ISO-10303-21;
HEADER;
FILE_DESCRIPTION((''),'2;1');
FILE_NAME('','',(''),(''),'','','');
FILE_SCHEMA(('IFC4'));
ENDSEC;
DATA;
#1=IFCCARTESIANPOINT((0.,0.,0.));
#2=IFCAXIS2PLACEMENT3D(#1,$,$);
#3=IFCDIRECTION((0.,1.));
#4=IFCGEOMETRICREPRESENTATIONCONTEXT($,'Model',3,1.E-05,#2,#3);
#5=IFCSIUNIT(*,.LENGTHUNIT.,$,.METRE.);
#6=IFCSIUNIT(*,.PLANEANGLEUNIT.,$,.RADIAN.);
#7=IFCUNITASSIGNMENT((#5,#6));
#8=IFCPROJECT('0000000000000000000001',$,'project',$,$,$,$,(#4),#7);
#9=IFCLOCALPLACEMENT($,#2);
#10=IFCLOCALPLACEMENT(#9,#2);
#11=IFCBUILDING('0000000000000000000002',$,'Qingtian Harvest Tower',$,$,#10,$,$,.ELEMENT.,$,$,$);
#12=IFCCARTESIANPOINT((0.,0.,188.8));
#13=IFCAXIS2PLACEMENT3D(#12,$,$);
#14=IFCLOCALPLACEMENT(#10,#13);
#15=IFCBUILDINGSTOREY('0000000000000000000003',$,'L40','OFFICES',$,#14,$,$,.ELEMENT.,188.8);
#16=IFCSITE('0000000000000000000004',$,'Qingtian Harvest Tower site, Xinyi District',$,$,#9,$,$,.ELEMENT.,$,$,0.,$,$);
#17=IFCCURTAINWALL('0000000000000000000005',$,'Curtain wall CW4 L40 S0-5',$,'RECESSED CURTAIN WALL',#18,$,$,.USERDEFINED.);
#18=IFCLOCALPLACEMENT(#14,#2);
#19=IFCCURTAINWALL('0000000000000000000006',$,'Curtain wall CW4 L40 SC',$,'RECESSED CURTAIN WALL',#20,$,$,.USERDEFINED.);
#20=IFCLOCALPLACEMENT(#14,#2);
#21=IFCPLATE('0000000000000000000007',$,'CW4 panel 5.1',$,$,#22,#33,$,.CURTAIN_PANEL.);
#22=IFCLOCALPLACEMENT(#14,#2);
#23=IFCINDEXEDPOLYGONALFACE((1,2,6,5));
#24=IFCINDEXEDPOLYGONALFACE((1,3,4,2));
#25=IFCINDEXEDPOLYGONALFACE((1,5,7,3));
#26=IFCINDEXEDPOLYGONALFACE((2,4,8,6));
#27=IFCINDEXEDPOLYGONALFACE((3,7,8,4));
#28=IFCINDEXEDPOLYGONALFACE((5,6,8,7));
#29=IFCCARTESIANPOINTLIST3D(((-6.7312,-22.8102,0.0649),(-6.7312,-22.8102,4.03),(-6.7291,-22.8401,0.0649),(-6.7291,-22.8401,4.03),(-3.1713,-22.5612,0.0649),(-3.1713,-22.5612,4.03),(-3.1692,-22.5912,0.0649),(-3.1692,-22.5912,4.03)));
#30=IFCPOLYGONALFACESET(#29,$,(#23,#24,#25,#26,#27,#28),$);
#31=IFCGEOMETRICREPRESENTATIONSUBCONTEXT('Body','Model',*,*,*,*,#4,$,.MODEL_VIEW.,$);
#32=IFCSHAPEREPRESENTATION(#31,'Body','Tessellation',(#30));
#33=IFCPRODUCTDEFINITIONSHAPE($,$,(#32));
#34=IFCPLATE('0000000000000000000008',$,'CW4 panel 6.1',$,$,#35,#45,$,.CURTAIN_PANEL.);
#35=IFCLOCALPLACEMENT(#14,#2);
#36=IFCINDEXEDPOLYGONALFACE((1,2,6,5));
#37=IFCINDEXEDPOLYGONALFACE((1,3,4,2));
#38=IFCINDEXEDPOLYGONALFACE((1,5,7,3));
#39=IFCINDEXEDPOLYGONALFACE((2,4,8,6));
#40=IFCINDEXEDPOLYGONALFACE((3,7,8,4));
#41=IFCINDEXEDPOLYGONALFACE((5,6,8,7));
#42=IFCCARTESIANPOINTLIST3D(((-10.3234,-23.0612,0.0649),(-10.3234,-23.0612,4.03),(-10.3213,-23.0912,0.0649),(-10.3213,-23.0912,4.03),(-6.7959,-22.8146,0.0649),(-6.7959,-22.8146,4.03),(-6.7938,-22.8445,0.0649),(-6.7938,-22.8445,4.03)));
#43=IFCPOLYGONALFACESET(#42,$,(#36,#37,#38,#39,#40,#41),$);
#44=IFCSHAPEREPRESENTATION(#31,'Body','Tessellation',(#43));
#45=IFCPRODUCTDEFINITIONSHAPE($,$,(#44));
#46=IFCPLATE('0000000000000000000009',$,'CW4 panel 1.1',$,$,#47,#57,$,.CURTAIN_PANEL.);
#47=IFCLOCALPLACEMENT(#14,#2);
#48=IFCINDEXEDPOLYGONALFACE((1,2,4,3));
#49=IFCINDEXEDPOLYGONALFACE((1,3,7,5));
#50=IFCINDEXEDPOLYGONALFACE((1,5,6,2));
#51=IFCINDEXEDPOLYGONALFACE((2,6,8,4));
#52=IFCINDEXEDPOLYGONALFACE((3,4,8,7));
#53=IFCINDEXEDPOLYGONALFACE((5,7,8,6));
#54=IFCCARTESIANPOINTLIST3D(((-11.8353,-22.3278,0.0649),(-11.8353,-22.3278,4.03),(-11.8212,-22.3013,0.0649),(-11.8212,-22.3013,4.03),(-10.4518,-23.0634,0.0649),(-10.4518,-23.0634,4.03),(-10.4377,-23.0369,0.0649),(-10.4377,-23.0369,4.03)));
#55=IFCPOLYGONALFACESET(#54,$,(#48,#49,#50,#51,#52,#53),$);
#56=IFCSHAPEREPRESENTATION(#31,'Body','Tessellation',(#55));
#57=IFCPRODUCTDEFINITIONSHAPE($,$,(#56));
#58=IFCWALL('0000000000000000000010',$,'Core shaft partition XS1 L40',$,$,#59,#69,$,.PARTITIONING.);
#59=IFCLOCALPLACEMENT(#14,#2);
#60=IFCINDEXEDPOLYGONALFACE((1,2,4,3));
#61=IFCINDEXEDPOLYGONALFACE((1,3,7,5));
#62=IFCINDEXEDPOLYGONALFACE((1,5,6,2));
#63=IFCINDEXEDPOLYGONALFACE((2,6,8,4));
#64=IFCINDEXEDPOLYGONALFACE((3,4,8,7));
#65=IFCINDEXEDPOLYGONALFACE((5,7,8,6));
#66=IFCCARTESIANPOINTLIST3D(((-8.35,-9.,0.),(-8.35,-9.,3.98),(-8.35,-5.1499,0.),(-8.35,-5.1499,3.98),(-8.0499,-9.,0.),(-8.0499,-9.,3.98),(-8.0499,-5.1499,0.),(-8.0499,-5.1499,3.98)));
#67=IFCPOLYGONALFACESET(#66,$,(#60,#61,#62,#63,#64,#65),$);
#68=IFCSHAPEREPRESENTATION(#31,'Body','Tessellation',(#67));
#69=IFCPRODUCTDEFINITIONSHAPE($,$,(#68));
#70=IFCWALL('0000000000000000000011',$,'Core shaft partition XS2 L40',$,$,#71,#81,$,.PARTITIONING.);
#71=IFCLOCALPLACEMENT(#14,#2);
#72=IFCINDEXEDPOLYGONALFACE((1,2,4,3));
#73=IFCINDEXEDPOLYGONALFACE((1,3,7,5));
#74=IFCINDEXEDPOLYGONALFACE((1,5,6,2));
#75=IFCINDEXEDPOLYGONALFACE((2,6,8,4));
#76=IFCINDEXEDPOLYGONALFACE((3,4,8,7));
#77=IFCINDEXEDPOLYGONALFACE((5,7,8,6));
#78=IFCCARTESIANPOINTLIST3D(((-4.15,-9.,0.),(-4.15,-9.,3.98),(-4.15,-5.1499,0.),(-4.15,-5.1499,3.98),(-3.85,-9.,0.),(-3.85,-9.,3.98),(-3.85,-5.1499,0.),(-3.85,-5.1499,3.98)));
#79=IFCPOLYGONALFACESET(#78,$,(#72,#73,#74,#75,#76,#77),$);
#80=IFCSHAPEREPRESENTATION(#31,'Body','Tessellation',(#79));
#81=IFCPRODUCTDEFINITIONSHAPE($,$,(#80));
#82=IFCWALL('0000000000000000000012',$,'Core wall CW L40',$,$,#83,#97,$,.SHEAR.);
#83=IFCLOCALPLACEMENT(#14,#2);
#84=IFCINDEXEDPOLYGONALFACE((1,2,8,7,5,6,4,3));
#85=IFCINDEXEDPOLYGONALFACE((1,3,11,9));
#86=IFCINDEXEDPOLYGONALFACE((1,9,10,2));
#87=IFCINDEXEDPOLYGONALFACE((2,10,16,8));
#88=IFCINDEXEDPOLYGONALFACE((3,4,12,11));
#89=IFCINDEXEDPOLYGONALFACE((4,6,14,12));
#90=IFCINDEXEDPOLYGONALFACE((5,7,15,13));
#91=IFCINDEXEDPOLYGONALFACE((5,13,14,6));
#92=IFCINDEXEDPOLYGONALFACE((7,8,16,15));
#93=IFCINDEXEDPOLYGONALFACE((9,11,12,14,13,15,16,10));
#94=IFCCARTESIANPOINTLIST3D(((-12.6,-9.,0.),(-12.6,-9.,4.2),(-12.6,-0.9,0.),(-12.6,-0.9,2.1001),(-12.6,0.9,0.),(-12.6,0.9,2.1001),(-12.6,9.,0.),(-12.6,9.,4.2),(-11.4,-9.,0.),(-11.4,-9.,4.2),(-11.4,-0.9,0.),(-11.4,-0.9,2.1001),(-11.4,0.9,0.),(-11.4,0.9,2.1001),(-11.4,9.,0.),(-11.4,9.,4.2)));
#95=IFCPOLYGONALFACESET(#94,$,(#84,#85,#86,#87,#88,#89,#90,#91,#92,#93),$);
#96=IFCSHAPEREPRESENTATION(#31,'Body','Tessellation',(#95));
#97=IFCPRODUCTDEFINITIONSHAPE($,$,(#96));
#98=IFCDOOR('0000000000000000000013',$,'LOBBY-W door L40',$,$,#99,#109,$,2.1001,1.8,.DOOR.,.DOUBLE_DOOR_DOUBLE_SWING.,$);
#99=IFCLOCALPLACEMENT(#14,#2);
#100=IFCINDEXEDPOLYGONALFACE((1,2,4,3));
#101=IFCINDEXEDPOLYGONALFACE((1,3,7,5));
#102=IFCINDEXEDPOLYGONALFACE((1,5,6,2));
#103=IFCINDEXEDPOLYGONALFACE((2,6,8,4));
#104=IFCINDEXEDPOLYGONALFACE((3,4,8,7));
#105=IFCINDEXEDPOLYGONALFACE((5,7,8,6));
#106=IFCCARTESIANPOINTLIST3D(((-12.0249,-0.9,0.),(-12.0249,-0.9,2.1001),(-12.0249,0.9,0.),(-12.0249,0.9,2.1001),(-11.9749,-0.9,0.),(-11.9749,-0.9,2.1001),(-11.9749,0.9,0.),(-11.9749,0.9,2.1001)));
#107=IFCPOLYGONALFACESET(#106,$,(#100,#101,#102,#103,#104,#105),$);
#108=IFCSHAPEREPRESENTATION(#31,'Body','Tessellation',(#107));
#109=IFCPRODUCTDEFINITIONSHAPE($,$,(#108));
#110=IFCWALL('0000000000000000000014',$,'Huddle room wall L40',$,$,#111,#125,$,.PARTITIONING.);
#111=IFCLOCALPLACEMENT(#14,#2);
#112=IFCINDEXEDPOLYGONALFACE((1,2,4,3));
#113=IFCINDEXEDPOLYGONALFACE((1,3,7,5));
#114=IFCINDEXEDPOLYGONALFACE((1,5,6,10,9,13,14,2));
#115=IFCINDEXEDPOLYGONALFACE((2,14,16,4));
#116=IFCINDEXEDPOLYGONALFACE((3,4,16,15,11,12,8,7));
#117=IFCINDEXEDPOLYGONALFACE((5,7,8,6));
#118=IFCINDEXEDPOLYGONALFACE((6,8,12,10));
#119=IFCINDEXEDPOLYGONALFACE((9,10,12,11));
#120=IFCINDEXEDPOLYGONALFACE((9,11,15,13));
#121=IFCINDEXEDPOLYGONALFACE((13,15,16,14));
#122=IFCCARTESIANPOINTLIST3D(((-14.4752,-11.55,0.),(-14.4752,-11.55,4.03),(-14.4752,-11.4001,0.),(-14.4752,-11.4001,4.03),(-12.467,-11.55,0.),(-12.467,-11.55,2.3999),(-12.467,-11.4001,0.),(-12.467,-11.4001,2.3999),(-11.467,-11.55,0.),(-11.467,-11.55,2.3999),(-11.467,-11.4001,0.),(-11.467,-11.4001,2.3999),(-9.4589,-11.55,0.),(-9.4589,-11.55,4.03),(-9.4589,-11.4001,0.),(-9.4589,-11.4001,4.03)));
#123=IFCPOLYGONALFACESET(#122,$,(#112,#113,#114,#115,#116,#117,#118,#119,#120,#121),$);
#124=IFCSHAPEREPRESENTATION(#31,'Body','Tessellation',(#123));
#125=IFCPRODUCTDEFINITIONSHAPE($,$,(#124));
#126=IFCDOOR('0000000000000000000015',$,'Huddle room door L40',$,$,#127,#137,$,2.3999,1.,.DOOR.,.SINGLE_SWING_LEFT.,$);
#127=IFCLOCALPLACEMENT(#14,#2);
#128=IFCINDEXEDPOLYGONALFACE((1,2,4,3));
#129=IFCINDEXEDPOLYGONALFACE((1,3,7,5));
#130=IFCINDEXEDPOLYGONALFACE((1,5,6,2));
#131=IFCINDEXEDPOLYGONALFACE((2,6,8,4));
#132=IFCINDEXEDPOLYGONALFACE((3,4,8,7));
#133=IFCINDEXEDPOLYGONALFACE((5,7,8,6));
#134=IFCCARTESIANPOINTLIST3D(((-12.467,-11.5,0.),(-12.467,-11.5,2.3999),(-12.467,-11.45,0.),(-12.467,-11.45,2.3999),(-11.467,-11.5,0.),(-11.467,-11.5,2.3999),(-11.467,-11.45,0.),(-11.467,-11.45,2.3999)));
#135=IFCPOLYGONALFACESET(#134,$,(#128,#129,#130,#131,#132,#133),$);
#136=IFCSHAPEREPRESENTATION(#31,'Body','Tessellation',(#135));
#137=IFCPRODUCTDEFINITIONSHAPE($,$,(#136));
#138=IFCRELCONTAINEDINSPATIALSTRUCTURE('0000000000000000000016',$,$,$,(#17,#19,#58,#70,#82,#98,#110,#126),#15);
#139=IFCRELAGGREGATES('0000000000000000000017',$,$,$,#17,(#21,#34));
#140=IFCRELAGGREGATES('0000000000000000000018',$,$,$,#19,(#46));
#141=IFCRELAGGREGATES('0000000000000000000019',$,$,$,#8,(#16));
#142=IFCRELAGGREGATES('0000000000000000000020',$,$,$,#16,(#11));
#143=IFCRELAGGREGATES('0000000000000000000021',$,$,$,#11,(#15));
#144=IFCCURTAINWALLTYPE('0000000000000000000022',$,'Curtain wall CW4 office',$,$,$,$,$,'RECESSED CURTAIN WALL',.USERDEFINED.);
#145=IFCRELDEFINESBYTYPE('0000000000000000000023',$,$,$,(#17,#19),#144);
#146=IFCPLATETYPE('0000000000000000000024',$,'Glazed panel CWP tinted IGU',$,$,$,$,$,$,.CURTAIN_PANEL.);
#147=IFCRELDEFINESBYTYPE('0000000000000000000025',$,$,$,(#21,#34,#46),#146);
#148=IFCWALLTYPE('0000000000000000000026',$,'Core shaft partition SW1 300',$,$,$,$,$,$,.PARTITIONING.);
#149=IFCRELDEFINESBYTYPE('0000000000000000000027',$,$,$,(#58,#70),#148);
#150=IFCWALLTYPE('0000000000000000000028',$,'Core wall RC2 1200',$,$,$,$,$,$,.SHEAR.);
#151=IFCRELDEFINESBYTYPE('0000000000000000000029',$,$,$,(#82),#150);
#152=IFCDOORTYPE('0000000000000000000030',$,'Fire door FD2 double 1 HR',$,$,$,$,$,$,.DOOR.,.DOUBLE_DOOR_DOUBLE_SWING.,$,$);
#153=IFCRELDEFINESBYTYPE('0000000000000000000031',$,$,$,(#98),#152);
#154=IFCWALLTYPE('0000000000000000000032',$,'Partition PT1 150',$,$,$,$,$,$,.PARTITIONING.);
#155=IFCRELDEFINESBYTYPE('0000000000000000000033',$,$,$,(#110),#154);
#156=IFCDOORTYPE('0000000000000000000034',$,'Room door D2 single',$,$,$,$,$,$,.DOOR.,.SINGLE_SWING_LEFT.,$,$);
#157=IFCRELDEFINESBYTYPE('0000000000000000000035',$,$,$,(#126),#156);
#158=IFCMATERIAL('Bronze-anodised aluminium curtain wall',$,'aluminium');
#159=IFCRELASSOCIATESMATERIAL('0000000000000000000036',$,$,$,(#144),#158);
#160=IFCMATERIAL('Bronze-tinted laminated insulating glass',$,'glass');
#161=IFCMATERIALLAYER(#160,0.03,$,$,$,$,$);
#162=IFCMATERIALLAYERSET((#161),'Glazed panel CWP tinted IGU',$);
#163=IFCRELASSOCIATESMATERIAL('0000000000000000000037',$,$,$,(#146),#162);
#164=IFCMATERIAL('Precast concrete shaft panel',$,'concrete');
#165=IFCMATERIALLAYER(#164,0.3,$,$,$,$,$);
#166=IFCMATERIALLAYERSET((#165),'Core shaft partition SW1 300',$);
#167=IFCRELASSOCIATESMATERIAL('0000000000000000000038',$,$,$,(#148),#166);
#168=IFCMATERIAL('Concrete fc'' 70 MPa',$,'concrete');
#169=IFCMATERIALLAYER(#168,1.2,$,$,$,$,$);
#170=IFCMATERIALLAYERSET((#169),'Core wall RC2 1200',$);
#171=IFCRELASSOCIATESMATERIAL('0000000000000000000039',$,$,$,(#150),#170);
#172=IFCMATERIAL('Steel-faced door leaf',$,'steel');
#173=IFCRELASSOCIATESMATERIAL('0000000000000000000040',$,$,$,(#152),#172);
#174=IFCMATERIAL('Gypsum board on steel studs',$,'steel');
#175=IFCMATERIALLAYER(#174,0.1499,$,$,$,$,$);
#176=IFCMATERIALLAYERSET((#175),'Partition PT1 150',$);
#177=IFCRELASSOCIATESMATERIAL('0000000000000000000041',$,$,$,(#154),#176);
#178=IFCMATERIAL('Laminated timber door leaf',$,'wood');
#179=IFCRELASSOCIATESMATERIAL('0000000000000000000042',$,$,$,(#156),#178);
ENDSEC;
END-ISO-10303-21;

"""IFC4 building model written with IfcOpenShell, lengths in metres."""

from ifc_helpers import new_model, si_unit, direction, frame, frame_2d, origin, origin_2d, place, context, subcontext, project, spatial, rectangle, extrude, material, layer, layer_set, type_object, element, fill, aggregate, save


model = new_model("IFC4")

# Units and contexts
model_context = context("Model", 3, precision=1e-05, world=origin(), true_north=direction((0.0, 1.0)))
body_context = subcontext(model_context, "Body", "Model", "MODEL_VIEW")
ifc_project = project(units=[si_unit("LENGTHUNIT", "METRE"), si_unit("PLANEANGLEUNIT", "RADIAN")], contexts=[model_context])

# Site, building, storey
site_placement = place(None, origin())
site = spatial("IfcSite", under=ifc_project, at=site_placement, Name="Qingtian Harvest Tower site, Xinyi District", CompositionType="ELEMENT", RefElevation=0.0)
building_placement = place(site_placement, origin())
building = spatial("IfcBuilding", under=site, at=building_placement, Name="Qingtian Harvest Tower", CompositionType="ELEMENT")
storey_placement = place(building_placement, frame((0.0, 0.0, 188.8)))
storey = spatial("IfcBuildingStorey", under=building, at=storey_placement, Name="L40", Description="OFFICES", CompositionType="ELEMENT", Elevation=188.8)

# Curtain walls
ifc_material_1 = material(Name="Bronze-anodised aluminium curtain wall", Category="aluminium")
curtain_wall_type = type_object("IfcCurtainWallType", Name="Curtain wall CW4 office", ElementType="RECESSED CURTAIN WALL", PredefinedType="USERDEFINED", material=ifc_material_1)
curtain_wall_1_placement = place(storey_placement, origin())
curtain_wall_1 = element("IfcCurtainWall", 1, at=curtain_wall_1_placement, inside=storey, type_object=curtain_wall_type, Name="Curtain wall CW4 L40 S0-5", ObjectType="RECESSED CURTAIN WALL", PredefinedType="USERDEFINED")
curtain_wall_2_placement = place(storey_placement, origin())
curtain_wall_2 = element("IfcCurtainWall", 2, at=curtain_wall_2_placement, inside=storey, type_object=curtain_wall_type, Name="Curtain wall CW4 L40 SC", ObjectType="RECESSED CURTAIN WALL", PredefinedType="USERDEFINED")

# Plates
ifc_material_2 = material(Name="Bronze-tinted laminated insulating glass", Category="glass")
ifc_layer_1 = layer(ifc_material_2, 0.03)
ifc_layer_set_1 = layer_set([ifc_layer_1], Name="Glazed panel CWP tinted IGU")
plate_type = type_object("IfcPlateType", Name="Glazed panel CWP tinted IGU", PredefinedType="CURTAIN_PANEL", material=ifc_layer_set_1)
plate_1_placement = place(storey_placement, frame((-4.9502, -22.7007, 0.0649), z_axis=(0.0, 0.0, 1.0), x_axis=(-0.997564, -0.069756, 0.0)))
plate_1 = element("IfcPlate", 3, at=plate_1_placement, type_object=plate_type, Name="CW4 panel 5.1", PredefinedType="CURTAIN_PANEL", context=body_context, shape_type="SweptSolid", body=[
    extrude(rectangle(XDim=3.5686, YDim=0.03, at=origin_2d()), origin(), (0.0, 0.0, 1.0), 3.9651),
])
plate_2_placement = place(storey_placement, frame((-8.5586, -22.9529, 0.0649), z_axis=(0.0, 0.0, 1.0), x_axis=(-0.997564, -0.069756, 0.0)))
plate_2 = element("IfcPlate", 4, at=plate_2_placement, type_object=plate_type, Name="CW4 panel 6.1", PredefinedType="CURTAIN_PANEL", context=body_context, shape_type="SweptSolid", body=[
    extrude(rectangle(XDim=3.5361, YDim=0.03, at=origin_2d()), origin(), (0.0, 0.0, 1.0), 3.9651),
])
aggregate(curtain_wall_1, [plate_1, plate_2])
plate_3_placement = place(storey_placement, frame((-11.1365, -22.6824, 0.0649), z_axis=(0.0, 0.0, 1.0), x_axis=(-0.882948, 0.469472, 0.0)))
plate_3 = element("IfcPlate", 5, at=plate_3_placement, type_object=plate_type, Name="CW4 panel 1.1", PredefinedType="CURTAIN_PANEL", context=body_context, shape_type="SweptSolid", body=[
    extrude(rectangle(XDim=1.5669, YDim=0.03, at=origin_2d()), origin(), (0.0, 0.0, 1.0), 3.9651),
])
aggregate(curtain_wall_2, [plate_3])

# Walls
ifc_material_3 = material(Name="Precast concrete shaft panel", Category="concrete")
ifc_layer_2 = layer(ifc_material_3, 0.3)
ifc_layer_set_2 = layer_set([ifc_layer_2], Name="Core shaft partition SW1 300")
wall_type_1 = type_object("IfcWallType", Name="Core shaft partition SW1 300", PredefinedType="PARTITIONING", material=ifc_layer_set_2)
for number, where, z_axis, x_axis, name in (
    (6, (-8.2, -9.0, 0.0), (0.0, 0.0, 1.0), (0.0, 1.0, 0.0), "Core shaft partition XS1 L40"),
    (7, (-4.0, -9.0, 0.0), (0.0, 0.0, 1.0), (0.0, 1.0, 0.0), "Core shaft partition XS2 L40"),
):
    element("IfcWall", number, at=place(storey_placement, frame(where, z_axis=z_axis, x_axis=x_axis)), inside=storey, type_object=wall_type_1, Name=name, PredefinedType="PARTITIONING", context=body_context, shape_type="SweptSolid", body=[
        extrude(rectangle(XDim=3.8501, YDim=0.3, at=frame_2d((1.925, 0.0))), origin(), (0.0, 0.0, 1.0), 3.98),
    ])

# Walls, openings, doors
ifc_material_4 = material(Name="Concrete fc' 70 MPa", Category="concrete")
ifc_layer_3 = layer(ifc_material_4, 1.2)
ifc_layer_set_3 = layer_set([ifc_layer_3], Name="Core wall RC2 1200")
wall_type_2 = type_object("IfcWallType", Name="Core wall RC2 1200", PredefinedType="SHEAR", material=ifc_layer_set_3)
wall_1_placement = place(storey_placement, frame((-12.0, -9.0, 0.0), z_axis=(0.0, 0.0, 1.0), x_axis=(0.0, 1.0, 0.0)))
wall_1 = element("IfcWall", 8, at=wall_1_placement, inside=storey, type_object=wall_type_2, Name="Core wall CW L40", PredefinedType="SHEAR", context=body_context, shape_type="SweptSolid", body=[
    extrude(rectangle(XDim=18.0, YDim=1.2, at=frame_2d((9.0, 0.0))), origin(), (0.0, 0.0, 1.0), 4.2),
])
opening_1_placement = place(wall_1_placement, frame((8.1001, 0.0, 0.0)))
opening_1 = element("IfcOpeningElement", 9, at=opening_1_placement, cuts=wall_1, PredefinedType="OPENING", context=body_context, shape_type="SweptSolid", body=[
    extrude(rectangle(XDim=1.8, YDim=2.1001, at=frame_2d((0.8999, 1.05))), frame((0.0, 0.6099, 0.0), z_axis=(0.0, -1.0, 0.0), x_axis=(1.0, 0.0, 0.0)), (0.0, 0.0, 1.0), 1.22),
])
ifc_material_5 = material(Name="Steel-faced door leaf", Category="steel")
door_type_1 = type_object("IfcDoorType", Name="Fire door FD2 double 1 HR", OperationType="DOUBLE_DOOR_DOUBLE_SWING", PredefinedType="DOOR", material=ifc_material_5)
door_1_placement = place(opening_1_placement, origin())
door_1 = element("IfcDoor", 10, at=door_1_placement, inside=storey, type_object=door_type_1, Name="LOBBY-W door L40", OperationType="DOUBLE_DOOR_DOUBLE_SWING", OverallHeight=2.1001, OverallWidth=1.8, PredefinedType="DOOR", context=body_context, shape_type="SweptSolid", body=[
    extrude(rectangle(XDim=1.8, YDim=2.1001, at=frame_2d((0.8999, 1.05))), frame((0.0, 0.0249, 0.0), z_axis=(0.0, -1.0, 0.0), x_axis=(1.0, 0.0, 0.0)), (0.0, 0.0, 1.0), 0.05),
])
fill(opening_1, door_1)
ifc_material_6 = material(Name="Gypsum board on steel studs", Category="steel")
ifc_layer_4 = layer(ifc_material_6, 0.1499)
ifc_layer_set_4 = layer_set([ifc_layer_4], Name="Partition PT1 150")
wall_type_3 = type_object("IfcWallType", Name="Partition PT1 150", PredefinedType="PARTITIONING", material=ifc_layer_set_4)
wall_2_placement = place(storey_placement, frame((-9.4587, -11.4751, 0.0), z_axis=(0.0, 0.0, 1.0), x_axis=(-1.0, 0.0, 0.0)))
wall_2 = element("IfcWall", 11, at=wall_2_placement, inside=storey, type_object=wall_type_3, Name="Huddle room wall L40", PredefinedType="PARTITIONING", context=body_context, shape_type="SweptSolid", body=[
    extrude(rectangle(XDim=5.0164, YDim=0.1499, at=frame_2d((2.5083, 0.0))), origin(), (0.0, 0.0, 1.0), 4.03),
])
opening_2_placement = place(wall_2_placement, frame((2.0083, 0.0, 0.0)))
opening_2 = element("IfcOpeningElement", 12, at=opening_2_placement, cuts=wall_2, PredefinedType="OPENING", context=body_context, shape_type="SweptSolid", body=[
    extrude(rectangle(XDim=1.0, YDim=2.3999, at=frame_2d((0.5, 1.2))), frame((0.0, 0.085, 0.0), z_axis=(0.0, -1.0, 0.0), x_axis=(1.0, 0.0, 0.0)), (0.0, 0.0, 1.0), 0.1699),
])
ifc_material_7 = material(Name="Laminated timber door leaf", Category="wood")
door_type_2 = type_object("IfcDoorType", Name="Room door D2 single", OperationType="SINGLE_SWING_LEFT", PredefinedType="DOOR", material=ifc_material_7)
door_2_placement = place(opening_2_placement, origin())
door_2 = element("IfcDoor", 13, at=door_2_placement, inside=storey, type_object=door_type_2, Name="Huddle room door L40", OperationType="SINGLE_SWING_LEFT", OverallHeight=2.3999, OverallWidth=1.0, PredefinedType="DOOR", context=body_context, shape_type="SweptSolid", body=[
    extrude(rectangle(XDim=1.0, YDim=2.3999, at=frame_2d((0.5, 1.2))), frame((0.0, 0.0249, 0.0), z_axis=(0.0, -1.0, 0.0), x_axis=(1.0, 0.0, 0.0)), (0.0, 0.0, 1.0), 0.05),
])
fill(opening_2, door_2)

save(model, "model.ifc")
